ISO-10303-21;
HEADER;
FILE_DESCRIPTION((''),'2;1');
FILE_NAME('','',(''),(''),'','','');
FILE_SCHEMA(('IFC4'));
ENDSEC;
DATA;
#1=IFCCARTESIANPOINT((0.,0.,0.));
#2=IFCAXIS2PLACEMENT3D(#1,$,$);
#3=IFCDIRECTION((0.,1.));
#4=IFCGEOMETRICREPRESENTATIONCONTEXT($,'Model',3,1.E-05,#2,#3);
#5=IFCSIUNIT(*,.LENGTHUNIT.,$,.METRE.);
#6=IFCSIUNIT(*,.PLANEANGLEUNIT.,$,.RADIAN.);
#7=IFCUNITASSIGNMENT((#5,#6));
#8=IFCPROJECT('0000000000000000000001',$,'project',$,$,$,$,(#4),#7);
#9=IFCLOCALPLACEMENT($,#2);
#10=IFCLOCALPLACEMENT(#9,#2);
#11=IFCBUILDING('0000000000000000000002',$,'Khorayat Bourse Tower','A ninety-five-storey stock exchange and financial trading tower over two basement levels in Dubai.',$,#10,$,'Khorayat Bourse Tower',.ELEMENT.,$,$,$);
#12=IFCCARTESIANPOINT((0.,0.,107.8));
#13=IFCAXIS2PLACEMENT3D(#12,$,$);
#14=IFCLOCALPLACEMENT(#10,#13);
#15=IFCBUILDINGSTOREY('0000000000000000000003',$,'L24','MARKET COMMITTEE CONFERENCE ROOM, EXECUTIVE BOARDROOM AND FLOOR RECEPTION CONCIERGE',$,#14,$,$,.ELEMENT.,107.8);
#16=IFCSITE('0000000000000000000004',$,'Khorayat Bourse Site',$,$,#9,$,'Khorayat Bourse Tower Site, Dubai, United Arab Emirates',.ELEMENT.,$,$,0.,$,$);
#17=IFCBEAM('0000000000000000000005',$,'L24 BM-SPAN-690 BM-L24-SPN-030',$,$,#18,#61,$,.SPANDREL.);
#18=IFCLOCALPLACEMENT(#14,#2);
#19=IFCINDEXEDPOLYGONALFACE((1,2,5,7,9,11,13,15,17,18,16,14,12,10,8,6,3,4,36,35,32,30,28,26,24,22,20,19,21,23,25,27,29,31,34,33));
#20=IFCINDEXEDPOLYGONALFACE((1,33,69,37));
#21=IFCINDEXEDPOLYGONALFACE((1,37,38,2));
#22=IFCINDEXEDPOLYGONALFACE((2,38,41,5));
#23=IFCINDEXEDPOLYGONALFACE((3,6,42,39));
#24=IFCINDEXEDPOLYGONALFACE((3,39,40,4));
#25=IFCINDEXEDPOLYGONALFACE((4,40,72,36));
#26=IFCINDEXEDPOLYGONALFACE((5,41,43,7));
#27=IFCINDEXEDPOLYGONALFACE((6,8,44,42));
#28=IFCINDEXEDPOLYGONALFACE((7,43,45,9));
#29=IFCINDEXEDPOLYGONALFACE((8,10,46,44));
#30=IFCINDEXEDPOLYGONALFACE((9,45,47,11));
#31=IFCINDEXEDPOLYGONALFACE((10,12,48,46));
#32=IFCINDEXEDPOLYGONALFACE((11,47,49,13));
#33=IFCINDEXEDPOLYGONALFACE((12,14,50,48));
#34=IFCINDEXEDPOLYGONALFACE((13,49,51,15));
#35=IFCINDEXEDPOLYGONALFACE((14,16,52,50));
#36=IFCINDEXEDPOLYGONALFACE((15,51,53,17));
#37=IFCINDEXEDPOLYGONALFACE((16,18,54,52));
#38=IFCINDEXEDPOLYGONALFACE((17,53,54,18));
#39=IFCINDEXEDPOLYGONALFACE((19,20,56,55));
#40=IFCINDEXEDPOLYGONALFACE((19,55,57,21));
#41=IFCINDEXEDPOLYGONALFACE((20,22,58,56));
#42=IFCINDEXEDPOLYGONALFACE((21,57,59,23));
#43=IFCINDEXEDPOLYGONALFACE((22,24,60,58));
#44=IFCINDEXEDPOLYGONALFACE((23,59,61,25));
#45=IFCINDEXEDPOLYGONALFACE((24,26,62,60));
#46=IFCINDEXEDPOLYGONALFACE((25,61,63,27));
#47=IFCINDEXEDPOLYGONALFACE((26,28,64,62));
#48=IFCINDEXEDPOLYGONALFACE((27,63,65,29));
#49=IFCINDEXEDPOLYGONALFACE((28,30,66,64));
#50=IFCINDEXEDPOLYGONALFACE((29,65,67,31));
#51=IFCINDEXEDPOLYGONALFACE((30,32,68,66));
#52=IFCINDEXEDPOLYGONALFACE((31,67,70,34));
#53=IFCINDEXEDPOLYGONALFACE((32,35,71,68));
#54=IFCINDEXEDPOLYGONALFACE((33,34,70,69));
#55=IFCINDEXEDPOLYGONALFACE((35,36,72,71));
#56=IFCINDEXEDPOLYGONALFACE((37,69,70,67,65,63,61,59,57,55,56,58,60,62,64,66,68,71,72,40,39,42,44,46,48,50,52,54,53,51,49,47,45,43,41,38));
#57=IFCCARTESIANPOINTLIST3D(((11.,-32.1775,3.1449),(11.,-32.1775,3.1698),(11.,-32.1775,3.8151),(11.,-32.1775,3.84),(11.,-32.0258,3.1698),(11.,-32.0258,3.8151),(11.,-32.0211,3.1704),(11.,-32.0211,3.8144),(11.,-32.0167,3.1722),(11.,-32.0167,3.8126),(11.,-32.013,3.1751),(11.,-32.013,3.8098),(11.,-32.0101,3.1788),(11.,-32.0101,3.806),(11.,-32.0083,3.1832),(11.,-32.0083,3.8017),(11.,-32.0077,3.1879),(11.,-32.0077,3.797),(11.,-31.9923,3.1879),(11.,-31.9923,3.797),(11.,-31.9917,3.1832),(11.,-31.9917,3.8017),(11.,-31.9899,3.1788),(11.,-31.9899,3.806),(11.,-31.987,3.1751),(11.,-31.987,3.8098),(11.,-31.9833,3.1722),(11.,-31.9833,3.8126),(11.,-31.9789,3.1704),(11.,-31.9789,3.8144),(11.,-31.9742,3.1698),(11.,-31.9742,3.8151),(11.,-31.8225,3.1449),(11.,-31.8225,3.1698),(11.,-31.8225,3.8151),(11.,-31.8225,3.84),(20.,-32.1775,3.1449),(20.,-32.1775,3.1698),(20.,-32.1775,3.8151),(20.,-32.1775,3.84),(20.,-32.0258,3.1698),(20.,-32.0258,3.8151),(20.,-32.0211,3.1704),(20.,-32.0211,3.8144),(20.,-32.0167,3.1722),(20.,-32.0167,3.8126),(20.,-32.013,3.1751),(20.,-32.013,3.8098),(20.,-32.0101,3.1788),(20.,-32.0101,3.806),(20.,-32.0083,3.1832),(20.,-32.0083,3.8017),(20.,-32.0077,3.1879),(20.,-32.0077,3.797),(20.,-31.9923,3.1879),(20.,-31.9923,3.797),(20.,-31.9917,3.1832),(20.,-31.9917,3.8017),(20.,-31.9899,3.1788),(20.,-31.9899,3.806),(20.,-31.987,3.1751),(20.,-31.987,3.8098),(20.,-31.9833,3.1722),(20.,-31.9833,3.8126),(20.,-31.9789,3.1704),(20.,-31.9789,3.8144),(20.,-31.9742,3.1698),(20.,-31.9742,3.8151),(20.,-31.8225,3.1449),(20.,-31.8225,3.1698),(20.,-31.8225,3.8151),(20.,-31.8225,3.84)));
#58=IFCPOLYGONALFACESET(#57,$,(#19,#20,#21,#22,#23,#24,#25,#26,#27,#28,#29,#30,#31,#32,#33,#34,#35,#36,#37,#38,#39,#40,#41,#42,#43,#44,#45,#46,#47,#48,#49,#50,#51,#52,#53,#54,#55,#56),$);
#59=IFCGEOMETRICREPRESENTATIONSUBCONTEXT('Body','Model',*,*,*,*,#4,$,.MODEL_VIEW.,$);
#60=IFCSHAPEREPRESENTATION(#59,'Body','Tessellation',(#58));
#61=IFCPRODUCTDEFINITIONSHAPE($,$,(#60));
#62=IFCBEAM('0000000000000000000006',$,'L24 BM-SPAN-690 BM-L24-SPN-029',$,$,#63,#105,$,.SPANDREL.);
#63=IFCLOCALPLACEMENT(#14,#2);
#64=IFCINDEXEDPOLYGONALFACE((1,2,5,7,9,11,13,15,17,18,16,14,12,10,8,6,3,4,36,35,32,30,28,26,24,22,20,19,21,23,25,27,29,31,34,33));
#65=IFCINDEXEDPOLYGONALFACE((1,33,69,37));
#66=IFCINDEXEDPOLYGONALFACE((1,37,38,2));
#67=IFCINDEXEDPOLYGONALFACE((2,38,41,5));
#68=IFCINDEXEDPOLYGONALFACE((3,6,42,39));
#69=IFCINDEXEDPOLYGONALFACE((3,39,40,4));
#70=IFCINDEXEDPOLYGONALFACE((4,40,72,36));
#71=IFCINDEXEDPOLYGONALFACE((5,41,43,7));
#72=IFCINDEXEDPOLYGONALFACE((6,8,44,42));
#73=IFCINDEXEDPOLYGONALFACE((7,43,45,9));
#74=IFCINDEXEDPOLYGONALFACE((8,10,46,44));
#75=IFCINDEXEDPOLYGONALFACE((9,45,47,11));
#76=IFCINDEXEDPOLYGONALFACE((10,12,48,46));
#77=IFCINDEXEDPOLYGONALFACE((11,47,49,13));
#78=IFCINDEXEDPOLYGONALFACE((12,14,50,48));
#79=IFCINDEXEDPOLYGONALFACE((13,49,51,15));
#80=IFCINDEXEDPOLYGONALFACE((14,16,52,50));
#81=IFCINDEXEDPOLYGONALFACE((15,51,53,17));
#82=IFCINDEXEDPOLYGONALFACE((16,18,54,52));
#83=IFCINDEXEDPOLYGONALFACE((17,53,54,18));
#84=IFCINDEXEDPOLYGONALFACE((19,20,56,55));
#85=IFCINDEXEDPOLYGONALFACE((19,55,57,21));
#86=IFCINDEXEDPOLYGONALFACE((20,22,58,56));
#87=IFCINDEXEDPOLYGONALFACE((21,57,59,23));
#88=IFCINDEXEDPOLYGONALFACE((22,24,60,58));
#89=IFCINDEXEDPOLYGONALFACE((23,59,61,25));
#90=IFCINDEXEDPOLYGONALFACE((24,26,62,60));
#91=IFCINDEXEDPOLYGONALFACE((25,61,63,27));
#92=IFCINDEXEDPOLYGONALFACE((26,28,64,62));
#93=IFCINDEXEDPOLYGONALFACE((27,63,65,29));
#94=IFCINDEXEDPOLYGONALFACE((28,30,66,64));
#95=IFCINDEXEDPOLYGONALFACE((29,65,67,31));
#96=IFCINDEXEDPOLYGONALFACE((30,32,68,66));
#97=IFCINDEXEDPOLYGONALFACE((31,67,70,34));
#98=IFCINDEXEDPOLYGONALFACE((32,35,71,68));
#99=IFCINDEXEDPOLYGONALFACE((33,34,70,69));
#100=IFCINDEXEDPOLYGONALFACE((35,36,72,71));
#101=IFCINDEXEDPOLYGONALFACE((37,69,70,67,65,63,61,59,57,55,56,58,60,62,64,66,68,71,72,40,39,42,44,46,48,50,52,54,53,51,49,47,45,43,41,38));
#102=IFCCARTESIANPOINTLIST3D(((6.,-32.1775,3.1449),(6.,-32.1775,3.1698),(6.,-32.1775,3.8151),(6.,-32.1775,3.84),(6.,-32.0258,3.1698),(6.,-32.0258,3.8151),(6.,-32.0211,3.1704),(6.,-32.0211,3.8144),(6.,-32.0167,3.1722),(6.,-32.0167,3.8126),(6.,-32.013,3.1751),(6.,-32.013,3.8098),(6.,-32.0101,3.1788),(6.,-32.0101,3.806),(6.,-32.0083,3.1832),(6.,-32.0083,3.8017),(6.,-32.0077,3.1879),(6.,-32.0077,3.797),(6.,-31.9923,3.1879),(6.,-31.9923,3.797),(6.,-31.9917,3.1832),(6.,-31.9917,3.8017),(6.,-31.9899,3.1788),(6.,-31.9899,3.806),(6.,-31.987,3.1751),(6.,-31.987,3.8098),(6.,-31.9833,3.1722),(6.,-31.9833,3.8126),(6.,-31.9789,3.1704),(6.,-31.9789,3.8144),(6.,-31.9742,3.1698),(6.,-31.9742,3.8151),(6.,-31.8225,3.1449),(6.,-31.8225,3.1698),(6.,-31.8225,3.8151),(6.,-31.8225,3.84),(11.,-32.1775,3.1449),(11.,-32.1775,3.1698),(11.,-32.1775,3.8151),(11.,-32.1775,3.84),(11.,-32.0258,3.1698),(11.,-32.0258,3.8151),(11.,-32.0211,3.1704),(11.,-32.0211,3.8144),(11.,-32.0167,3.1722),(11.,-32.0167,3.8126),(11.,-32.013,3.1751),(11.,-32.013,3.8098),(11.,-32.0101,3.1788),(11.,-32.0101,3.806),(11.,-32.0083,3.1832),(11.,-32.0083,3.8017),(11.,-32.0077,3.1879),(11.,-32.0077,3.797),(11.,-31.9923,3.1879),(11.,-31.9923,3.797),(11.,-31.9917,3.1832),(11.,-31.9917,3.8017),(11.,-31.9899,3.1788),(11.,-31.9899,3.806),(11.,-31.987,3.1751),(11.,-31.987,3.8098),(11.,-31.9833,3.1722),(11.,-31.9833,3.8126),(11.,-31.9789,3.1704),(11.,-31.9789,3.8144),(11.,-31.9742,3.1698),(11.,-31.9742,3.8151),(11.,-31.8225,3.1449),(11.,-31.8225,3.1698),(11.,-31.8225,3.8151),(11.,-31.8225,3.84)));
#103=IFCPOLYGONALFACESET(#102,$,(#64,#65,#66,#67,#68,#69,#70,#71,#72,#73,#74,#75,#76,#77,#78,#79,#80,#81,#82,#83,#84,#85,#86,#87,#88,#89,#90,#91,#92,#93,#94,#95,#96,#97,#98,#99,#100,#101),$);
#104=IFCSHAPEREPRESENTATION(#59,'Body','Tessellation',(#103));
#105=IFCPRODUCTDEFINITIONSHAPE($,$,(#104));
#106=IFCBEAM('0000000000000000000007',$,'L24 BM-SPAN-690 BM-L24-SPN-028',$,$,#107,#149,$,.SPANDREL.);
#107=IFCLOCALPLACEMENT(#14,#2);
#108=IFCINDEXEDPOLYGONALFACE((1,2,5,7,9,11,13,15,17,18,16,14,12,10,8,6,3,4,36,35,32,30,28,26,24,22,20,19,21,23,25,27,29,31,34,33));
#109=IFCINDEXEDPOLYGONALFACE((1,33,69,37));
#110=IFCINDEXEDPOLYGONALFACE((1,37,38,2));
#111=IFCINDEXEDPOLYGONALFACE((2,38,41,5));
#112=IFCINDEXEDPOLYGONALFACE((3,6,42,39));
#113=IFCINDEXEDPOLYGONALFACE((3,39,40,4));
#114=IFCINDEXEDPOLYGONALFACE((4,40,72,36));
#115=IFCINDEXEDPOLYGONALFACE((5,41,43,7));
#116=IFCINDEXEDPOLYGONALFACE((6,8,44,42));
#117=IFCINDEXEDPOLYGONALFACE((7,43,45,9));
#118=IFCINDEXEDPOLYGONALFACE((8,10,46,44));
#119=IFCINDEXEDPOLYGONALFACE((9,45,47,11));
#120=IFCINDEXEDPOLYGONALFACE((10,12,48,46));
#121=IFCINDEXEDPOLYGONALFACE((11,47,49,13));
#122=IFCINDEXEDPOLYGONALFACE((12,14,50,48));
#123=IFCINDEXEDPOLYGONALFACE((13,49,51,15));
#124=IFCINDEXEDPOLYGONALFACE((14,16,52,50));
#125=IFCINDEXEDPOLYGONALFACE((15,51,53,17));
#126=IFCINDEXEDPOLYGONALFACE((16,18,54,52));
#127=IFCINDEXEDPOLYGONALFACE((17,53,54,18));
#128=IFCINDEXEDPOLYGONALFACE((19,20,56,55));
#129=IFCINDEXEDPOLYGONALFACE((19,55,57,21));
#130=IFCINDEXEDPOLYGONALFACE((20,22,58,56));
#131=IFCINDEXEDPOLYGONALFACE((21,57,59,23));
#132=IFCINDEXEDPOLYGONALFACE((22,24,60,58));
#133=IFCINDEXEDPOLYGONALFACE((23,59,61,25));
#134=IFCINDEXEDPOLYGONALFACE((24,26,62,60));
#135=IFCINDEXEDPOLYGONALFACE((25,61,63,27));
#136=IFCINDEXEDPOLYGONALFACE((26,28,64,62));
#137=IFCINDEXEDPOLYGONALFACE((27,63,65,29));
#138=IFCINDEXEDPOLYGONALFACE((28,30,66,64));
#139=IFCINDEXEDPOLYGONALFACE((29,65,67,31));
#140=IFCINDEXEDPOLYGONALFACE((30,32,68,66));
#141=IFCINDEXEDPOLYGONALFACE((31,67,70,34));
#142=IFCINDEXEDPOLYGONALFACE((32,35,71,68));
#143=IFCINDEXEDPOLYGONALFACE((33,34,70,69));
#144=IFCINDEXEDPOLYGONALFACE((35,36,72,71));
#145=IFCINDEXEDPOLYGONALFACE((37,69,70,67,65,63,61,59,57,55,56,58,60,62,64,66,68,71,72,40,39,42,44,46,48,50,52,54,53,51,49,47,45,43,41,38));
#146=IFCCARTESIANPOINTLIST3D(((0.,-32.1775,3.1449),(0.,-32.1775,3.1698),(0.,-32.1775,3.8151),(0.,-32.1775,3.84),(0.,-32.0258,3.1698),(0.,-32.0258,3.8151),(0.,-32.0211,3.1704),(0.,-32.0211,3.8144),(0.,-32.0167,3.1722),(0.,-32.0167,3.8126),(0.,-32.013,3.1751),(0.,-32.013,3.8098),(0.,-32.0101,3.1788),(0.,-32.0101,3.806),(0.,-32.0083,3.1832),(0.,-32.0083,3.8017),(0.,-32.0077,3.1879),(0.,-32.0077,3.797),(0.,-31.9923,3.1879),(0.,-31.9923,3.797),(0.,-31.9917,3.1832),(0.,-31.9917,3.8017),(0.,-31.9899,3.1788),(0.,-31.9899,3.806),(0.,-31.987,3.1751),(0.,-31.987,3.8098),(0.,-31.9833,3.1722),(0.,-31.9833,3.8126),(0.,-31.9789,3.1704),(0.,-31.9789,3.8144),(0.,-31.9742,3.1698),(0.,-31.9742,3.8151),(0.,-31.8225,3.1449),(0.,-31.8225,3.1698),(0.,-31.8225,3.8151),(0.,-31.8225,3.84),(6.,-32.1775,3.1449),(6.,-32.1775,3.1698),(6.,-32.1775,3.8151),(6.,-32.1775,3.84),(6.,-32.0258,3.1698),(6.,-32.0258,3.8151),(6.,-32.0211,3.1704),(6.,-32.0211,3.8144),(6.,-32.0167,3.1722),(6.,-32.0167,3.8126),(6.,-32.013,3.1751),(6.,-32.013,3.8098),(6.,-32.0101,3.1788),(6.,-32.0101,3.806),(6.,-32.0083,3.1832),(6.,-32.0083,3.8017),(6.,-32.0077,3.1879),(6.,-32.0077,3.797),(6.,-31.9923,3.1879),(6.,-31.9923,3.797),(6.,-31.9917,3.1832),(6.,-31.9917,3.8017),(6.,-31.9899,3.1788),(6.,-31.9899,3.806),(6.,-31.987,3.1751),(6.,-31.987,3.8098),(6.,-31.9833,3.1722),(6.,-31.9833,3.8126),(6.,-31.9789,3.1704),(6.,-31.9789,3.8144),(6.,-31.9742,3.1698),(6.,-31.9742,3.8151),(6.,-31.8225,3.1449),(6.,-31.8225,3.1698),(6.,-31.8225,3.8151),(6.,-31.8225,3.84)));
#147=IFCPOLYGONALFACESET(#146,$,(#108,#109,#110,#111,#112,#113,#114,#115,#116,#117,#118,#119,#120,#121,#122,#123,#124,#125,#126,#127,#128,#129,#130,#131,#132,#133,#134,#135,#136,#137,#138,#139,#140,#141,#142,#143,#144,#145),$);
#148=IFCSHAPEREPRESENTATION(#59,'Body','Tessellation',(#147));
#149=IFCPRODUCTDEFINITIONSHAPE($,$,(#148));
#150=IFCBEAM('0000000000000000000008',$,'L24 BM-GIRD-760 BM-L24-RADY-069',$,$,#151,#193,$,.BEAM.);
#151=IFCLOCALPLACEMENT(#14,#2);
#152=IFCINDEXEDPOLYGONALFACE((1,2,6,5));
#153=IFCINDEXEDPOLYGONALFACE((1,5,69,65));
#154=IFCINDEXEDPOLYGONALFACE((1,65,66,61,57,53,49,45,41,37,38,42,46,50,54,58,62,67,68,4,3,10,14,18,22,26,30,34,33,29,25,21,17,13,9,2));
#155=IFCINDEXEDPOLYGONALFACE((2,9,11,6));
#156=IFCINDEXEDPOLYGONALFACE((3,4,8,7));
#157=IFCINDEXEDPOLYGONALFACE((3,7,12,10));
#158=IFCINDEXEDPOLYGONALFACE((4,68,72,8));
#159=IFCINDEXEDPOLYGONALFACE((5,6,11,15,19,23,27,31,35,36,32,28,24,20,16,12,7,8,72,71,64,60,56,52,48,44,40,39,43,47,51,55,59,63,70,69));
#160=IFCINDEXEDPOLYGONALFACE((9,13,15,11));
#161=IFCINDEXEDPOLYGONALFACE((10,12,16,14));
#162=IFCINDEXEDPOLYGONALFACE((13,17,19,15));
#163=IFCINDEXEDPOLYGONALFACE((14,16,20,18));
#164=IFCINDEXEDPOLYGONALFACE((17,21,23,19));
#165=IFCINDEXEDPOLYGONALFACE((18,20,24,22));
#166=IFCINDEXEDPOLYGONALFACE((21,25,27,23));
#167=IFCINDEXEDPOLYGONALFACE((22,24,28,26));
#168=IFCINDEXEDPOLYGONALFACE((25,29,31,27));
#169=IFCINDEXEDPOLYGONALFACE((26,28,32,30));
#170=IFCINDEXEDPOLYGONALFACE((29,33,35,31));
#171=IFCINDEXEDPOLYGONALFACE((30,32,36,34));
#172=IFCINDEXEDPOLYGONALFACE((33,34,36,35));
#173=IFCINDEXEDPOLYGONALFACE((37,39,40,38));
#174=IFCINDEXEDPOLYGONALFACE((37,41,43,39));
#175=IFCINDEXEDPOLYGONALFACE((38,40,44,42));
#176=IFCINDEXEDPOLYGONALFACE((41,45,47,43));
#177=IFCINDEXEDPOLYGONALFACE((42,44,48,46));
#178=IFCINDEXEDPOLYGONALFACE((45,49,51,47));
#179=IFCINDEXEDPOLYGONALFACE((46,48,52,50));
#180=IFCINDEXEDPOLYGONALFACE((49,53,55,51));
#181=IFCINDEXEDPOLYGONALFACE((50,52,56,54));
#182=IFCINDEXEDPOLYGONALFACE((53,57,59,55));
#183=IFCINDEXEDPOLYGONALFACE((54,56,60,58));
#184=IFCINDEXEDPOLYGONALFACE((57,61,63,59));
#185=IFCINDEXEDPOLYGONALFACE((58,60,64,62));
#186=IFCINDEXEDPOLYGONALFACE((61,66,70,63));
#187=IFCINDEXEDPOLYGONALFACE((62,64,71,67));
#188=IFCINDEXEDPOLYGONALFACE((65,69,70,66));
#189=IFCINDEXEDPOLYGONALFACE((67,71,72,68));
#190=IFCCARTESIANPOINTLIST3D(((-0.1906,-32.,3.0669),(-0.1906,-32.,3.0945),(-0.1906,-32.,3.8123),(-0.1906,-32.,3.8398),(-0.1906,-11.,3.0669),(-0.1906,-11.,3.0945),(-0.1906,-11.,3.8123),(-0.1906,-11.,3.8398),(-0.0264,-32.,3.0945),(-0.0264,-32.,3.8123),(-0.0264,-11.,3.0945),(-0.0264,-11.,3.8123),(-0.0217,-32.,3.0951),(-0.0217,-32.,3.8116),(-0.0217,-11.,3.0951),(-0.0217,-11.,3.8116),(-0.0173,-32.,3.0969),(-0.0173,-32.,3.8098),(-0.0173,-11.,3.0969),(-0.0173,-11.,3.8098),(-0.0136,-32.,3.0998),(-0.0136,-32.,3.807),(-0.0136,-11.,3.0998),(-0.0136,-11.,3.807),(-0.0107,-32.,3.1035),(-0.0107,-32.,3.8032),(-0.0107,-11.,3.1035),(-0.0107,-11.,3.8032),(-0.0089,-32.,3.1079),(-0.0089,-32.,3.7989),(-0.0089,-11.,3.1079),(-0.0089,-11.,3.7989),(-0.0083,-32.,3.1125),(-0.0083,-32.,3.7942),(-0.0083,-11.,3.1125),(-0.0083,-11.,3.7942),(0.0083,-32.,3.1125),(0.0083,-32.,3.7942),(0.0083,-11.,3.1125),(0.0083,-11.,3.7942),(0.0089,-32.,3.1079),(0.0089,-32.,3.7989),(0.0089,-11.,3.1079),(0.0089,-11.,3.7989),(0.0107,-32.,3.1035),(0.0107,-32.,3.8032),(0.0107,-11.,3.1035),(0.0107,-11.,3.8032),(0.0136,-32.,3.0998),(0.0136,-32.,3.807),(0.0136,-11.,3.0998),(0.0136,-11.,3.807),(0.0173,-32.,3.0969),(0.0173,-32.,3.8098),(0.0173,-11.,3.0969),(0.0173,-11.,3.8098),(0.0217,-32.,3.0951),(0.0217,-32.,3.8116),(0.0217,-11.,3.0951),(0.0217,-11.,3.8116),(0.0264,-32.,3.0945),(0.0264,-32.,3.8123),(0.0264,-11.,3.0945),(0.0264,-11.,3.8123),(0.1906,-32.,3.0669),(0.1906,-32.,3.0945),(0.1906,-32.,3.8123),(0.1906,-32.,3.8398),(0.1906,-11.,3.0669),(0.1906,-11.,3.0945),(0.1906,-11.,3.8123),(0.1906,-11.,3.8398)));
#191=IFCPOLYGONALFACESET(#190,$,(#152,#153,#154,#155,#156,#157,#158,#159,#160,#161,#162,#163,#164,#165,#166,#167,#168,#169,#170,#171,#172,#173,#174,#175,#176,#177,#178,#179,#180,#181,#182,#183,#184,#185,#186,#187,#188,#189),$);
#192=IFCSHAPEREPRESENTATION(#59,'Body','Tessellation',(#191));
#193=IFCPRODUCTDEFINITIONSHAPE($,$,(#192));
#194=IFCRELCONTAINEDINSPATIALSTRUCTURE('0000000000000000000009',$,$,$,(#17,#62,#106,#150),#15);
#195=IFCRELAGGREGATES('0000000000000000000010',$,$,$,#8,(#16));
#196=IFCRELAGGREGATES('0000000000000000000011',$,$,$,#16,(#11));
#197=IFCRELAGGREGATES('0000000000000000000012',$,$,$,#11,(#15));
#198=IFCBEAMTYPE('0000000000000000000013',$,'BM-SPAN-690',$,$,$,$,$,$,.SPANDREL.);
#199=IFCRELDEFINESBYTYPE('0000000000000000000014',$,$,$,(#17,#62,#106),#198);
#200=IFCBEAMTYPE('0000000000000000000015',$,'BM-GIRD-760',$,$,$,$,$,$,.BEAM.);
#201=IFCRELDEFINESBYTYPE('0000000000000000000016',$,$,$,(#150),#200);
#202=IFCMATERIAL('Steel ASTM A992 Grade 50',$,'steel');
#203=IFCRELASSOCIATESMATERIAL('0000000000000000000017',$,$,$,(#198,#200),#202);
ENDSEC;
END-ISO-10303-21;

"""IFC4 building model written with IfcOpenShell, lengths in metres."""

from ifc_helpers import new_model, si_unit, direction, frame, origin, origin_2d, place, context, subcontext, project, spatial, i_section, extrude, source, transform, mapped, material, material_profile, profile_set, type_object, element, save


model = new_model("IFC4")

# Units and contexts
model_context = context("Model", 3, precision=1e-05, world=origin(), true_north=direction((0.0, 1.0)))
body_context = subcontext(model_context, "Body", "Model", "MODEL_VIEW")
ifc_project = project(units=[si_unit("LENGTHUNIT", "METRE"), si_unit("PLANEANGLEUNIT", "RADIAN")], contexts=[model_context])

# Site, building, storey
site_placement = place(None, origin())
site = spatial("IfcSite", under=ifc_project, at=site_placement, Name="Khorayat Bourse Site", LongName="Khorayat Bourse Tower Site, Dubai, United Arab Emirates", CompositionType="ELEMENT", RefElevation=0.0)
building_placement = place(site_placement, origin())
building = spatial("IfcBuilding", under=site, at=building_placement, Name="Khorayat Bourse Tower", Description="A ninety-five-storey stock exchange and financial trading tower over two basement levels in Dubai.", LongName="Khorayat Bourse Tower", CompositionType="ELEMENT")
storey_placement = place(building_placement, frame((0.0, 0.0, 107.8)))
storey = spatial("IfcBuildingStorey", under=building, at=storey_placement, Name="L24", Description="MARKET COMMITTEE CONFERENCE ROOM, EXECUTIVE BOARDROOM AND FLOOR RECEPTION CONCIERGE", CompositionType="ELEMENT", Elevation=107.8)

# Beams
ifc_material_1 = material(Name="Steel ASTM A992 Grade 50", Category="steel")
ifc_material_profile_1 = material_profile(ifc_material_1, i_section(OverallWidth=0.355, OverallDepth=0.6951, WebThickness=0.0154, FlangeThickness=0.0249, FilletRadius=0.0181, at=origin_2d()), Name="W690X217")
ifc_profile_set_1 = profile_set([ifc_material_profile_1], Name="Steel ASTM A992 Grade 50")
beam_type_1 = type_object("IfcBeamType", Name="BM-SPAN-690", PredefinedType="SPANDREL", material=ifc_profile_set_1)
shared_shape_1 = source(origin(), body_context, "Body", "SweptSolid", [
    extrude(i_section(OverallWidth=0.355, OverallDepth=0.6951, WebThickness=0.0154, FlangeThickness=0.0249, FilletRadius=0.0181, at=origin_2d()), origin(), (0.0, 0.0, 1.0), 9.0),
])
beam_1_placement = place(storey_placement, frame((11.0, -32.0, 3.4924), z_axis=(1.0, 0.0, 0.0), x_axis=(0.0, 1.0, 0.0)))
element("IfcBeam", 1, at=beam_1_placement, inside=storey, type_object=beam_type_1, Name="L24 BM-SPAN-690 BM-L24-SPN-030", PredefinedType="SPANDREL", context=body_context, shape_type="MappedRepresentation", body=[
    mapped(shared_shape_1, transform((0.0, 0.0, 0.0), scale=1.0)),
])
shared_shape_2 = source(origin(), body_context, "Body", "SweptSolid", [
    extrude(i_section(OverallWidth=0.355, OverallDepth=0.6951, WebThickness=0.0154, FlangeThickness=0.0249, FilletRadius=0.0181, at=origin_2d()), origin(), (0.0, 0.0, 1.0), 5.0),
])
beam_2_placement = place(storey_placement, frame((6.0, -32.0, 3.4924), z_axis=(1.0, 0.0, 0.0), x_axis=(0.0, 1.0, 0.0)))
element("IfcBeam", 2, at=beam_2_placement, inside=storey, type_object=beam_type_1, Name="L24 BM-SPAN-690 BM-L24-SPN-029", PredefinedType="SPANDREL", context=body_context, shape_type="MappedRepresentation", body=[
    mapped(shared_shape_2, transform((0.0, 0.0, 0.0), scale=1.0)),
])
shared_shape_3 = source(origin(), body_context, "Body", "SweptSolid", [
    extrude(i_section(OverallWidth=0.355, OverallDepth=0.6951, WebThickness=0.0154, FlangeThickness=0.0249, FilletRadius=0.0181, at=origin_2d()), origin(), (0.0, 0.0, 1.0), 6.0),
])
beam_3_placement = place(storey_placement, frame((0.0, -32.0, 3.4924), z_axis=(1.0, 0.0, 0.0), x_axis=(0.0, 1.0, 0.0)))
element("IfcBeam", 3, at=beam_3_placement, inside=storey, type_object=beam_type_1, Name="L24 BM-SPAN-690 BM-L24-SPN-028", PredefinedType="SPANDREL", context=body_context, shape_type="MappedRepresentation", body=[
    mapped(shared_shape_3, transform((0.0, 0.0, 0.0), scale=1.0)),
])
ifc_material_profile_2 = material_profile(ifc_material_1, i_section(OverallWidth=0.3811, OverallDepth=0.7729, WebThickness=0.0166, FlangeThickness=0.0276, FilletRadius=0.0181, at=origin_2d()), Name="W760X257")
ifc_profile_set_2 = profile_set([ifc_material_profile_2], Name="Steel ASTM A992 Grade 50")
beam_type_2 = type_object("IfcBeamType", Name="BM-GIRD-760", PredefinedType="BEAM", material=ifc_profile_set_2)
shared_shape_4 = source(origin(), body_context, "Body", "SweptSolid", [
    extrude(i_section(OverallWidth=0.3811, OverallDepth=0.7729, WebThickness=0.0166, FlangeThickness=0.0276, FilletRadius=0.0181, at=origin_2d()), origin(), (0.0, 0.0, 1.0), 21.0),
])
for number, where, z_axis, x_axis, name in (
    (4, (0.0, -32.0, 3.4534), (0.0, 1.0, 0.0), (-1.0, 0.0, 0.0), "L24 BM-GIRD-760 BM-L24-RADY-069"),
):
    element("IfcBeam", number, at=place(storey_placement, frame(where, z_axis=z_axis, x_axis=x_axis)), inside=storey, type_object=beam_type_2, Name=name, PredefinedType="BEAM", context=body_context, shape_type="MappedRepresentation", body=[
        mapped(shared_shape_4, transform((0.0, 0.0, 0.0), scale=1.0)),
    ])

save(model, "model.ifc")
